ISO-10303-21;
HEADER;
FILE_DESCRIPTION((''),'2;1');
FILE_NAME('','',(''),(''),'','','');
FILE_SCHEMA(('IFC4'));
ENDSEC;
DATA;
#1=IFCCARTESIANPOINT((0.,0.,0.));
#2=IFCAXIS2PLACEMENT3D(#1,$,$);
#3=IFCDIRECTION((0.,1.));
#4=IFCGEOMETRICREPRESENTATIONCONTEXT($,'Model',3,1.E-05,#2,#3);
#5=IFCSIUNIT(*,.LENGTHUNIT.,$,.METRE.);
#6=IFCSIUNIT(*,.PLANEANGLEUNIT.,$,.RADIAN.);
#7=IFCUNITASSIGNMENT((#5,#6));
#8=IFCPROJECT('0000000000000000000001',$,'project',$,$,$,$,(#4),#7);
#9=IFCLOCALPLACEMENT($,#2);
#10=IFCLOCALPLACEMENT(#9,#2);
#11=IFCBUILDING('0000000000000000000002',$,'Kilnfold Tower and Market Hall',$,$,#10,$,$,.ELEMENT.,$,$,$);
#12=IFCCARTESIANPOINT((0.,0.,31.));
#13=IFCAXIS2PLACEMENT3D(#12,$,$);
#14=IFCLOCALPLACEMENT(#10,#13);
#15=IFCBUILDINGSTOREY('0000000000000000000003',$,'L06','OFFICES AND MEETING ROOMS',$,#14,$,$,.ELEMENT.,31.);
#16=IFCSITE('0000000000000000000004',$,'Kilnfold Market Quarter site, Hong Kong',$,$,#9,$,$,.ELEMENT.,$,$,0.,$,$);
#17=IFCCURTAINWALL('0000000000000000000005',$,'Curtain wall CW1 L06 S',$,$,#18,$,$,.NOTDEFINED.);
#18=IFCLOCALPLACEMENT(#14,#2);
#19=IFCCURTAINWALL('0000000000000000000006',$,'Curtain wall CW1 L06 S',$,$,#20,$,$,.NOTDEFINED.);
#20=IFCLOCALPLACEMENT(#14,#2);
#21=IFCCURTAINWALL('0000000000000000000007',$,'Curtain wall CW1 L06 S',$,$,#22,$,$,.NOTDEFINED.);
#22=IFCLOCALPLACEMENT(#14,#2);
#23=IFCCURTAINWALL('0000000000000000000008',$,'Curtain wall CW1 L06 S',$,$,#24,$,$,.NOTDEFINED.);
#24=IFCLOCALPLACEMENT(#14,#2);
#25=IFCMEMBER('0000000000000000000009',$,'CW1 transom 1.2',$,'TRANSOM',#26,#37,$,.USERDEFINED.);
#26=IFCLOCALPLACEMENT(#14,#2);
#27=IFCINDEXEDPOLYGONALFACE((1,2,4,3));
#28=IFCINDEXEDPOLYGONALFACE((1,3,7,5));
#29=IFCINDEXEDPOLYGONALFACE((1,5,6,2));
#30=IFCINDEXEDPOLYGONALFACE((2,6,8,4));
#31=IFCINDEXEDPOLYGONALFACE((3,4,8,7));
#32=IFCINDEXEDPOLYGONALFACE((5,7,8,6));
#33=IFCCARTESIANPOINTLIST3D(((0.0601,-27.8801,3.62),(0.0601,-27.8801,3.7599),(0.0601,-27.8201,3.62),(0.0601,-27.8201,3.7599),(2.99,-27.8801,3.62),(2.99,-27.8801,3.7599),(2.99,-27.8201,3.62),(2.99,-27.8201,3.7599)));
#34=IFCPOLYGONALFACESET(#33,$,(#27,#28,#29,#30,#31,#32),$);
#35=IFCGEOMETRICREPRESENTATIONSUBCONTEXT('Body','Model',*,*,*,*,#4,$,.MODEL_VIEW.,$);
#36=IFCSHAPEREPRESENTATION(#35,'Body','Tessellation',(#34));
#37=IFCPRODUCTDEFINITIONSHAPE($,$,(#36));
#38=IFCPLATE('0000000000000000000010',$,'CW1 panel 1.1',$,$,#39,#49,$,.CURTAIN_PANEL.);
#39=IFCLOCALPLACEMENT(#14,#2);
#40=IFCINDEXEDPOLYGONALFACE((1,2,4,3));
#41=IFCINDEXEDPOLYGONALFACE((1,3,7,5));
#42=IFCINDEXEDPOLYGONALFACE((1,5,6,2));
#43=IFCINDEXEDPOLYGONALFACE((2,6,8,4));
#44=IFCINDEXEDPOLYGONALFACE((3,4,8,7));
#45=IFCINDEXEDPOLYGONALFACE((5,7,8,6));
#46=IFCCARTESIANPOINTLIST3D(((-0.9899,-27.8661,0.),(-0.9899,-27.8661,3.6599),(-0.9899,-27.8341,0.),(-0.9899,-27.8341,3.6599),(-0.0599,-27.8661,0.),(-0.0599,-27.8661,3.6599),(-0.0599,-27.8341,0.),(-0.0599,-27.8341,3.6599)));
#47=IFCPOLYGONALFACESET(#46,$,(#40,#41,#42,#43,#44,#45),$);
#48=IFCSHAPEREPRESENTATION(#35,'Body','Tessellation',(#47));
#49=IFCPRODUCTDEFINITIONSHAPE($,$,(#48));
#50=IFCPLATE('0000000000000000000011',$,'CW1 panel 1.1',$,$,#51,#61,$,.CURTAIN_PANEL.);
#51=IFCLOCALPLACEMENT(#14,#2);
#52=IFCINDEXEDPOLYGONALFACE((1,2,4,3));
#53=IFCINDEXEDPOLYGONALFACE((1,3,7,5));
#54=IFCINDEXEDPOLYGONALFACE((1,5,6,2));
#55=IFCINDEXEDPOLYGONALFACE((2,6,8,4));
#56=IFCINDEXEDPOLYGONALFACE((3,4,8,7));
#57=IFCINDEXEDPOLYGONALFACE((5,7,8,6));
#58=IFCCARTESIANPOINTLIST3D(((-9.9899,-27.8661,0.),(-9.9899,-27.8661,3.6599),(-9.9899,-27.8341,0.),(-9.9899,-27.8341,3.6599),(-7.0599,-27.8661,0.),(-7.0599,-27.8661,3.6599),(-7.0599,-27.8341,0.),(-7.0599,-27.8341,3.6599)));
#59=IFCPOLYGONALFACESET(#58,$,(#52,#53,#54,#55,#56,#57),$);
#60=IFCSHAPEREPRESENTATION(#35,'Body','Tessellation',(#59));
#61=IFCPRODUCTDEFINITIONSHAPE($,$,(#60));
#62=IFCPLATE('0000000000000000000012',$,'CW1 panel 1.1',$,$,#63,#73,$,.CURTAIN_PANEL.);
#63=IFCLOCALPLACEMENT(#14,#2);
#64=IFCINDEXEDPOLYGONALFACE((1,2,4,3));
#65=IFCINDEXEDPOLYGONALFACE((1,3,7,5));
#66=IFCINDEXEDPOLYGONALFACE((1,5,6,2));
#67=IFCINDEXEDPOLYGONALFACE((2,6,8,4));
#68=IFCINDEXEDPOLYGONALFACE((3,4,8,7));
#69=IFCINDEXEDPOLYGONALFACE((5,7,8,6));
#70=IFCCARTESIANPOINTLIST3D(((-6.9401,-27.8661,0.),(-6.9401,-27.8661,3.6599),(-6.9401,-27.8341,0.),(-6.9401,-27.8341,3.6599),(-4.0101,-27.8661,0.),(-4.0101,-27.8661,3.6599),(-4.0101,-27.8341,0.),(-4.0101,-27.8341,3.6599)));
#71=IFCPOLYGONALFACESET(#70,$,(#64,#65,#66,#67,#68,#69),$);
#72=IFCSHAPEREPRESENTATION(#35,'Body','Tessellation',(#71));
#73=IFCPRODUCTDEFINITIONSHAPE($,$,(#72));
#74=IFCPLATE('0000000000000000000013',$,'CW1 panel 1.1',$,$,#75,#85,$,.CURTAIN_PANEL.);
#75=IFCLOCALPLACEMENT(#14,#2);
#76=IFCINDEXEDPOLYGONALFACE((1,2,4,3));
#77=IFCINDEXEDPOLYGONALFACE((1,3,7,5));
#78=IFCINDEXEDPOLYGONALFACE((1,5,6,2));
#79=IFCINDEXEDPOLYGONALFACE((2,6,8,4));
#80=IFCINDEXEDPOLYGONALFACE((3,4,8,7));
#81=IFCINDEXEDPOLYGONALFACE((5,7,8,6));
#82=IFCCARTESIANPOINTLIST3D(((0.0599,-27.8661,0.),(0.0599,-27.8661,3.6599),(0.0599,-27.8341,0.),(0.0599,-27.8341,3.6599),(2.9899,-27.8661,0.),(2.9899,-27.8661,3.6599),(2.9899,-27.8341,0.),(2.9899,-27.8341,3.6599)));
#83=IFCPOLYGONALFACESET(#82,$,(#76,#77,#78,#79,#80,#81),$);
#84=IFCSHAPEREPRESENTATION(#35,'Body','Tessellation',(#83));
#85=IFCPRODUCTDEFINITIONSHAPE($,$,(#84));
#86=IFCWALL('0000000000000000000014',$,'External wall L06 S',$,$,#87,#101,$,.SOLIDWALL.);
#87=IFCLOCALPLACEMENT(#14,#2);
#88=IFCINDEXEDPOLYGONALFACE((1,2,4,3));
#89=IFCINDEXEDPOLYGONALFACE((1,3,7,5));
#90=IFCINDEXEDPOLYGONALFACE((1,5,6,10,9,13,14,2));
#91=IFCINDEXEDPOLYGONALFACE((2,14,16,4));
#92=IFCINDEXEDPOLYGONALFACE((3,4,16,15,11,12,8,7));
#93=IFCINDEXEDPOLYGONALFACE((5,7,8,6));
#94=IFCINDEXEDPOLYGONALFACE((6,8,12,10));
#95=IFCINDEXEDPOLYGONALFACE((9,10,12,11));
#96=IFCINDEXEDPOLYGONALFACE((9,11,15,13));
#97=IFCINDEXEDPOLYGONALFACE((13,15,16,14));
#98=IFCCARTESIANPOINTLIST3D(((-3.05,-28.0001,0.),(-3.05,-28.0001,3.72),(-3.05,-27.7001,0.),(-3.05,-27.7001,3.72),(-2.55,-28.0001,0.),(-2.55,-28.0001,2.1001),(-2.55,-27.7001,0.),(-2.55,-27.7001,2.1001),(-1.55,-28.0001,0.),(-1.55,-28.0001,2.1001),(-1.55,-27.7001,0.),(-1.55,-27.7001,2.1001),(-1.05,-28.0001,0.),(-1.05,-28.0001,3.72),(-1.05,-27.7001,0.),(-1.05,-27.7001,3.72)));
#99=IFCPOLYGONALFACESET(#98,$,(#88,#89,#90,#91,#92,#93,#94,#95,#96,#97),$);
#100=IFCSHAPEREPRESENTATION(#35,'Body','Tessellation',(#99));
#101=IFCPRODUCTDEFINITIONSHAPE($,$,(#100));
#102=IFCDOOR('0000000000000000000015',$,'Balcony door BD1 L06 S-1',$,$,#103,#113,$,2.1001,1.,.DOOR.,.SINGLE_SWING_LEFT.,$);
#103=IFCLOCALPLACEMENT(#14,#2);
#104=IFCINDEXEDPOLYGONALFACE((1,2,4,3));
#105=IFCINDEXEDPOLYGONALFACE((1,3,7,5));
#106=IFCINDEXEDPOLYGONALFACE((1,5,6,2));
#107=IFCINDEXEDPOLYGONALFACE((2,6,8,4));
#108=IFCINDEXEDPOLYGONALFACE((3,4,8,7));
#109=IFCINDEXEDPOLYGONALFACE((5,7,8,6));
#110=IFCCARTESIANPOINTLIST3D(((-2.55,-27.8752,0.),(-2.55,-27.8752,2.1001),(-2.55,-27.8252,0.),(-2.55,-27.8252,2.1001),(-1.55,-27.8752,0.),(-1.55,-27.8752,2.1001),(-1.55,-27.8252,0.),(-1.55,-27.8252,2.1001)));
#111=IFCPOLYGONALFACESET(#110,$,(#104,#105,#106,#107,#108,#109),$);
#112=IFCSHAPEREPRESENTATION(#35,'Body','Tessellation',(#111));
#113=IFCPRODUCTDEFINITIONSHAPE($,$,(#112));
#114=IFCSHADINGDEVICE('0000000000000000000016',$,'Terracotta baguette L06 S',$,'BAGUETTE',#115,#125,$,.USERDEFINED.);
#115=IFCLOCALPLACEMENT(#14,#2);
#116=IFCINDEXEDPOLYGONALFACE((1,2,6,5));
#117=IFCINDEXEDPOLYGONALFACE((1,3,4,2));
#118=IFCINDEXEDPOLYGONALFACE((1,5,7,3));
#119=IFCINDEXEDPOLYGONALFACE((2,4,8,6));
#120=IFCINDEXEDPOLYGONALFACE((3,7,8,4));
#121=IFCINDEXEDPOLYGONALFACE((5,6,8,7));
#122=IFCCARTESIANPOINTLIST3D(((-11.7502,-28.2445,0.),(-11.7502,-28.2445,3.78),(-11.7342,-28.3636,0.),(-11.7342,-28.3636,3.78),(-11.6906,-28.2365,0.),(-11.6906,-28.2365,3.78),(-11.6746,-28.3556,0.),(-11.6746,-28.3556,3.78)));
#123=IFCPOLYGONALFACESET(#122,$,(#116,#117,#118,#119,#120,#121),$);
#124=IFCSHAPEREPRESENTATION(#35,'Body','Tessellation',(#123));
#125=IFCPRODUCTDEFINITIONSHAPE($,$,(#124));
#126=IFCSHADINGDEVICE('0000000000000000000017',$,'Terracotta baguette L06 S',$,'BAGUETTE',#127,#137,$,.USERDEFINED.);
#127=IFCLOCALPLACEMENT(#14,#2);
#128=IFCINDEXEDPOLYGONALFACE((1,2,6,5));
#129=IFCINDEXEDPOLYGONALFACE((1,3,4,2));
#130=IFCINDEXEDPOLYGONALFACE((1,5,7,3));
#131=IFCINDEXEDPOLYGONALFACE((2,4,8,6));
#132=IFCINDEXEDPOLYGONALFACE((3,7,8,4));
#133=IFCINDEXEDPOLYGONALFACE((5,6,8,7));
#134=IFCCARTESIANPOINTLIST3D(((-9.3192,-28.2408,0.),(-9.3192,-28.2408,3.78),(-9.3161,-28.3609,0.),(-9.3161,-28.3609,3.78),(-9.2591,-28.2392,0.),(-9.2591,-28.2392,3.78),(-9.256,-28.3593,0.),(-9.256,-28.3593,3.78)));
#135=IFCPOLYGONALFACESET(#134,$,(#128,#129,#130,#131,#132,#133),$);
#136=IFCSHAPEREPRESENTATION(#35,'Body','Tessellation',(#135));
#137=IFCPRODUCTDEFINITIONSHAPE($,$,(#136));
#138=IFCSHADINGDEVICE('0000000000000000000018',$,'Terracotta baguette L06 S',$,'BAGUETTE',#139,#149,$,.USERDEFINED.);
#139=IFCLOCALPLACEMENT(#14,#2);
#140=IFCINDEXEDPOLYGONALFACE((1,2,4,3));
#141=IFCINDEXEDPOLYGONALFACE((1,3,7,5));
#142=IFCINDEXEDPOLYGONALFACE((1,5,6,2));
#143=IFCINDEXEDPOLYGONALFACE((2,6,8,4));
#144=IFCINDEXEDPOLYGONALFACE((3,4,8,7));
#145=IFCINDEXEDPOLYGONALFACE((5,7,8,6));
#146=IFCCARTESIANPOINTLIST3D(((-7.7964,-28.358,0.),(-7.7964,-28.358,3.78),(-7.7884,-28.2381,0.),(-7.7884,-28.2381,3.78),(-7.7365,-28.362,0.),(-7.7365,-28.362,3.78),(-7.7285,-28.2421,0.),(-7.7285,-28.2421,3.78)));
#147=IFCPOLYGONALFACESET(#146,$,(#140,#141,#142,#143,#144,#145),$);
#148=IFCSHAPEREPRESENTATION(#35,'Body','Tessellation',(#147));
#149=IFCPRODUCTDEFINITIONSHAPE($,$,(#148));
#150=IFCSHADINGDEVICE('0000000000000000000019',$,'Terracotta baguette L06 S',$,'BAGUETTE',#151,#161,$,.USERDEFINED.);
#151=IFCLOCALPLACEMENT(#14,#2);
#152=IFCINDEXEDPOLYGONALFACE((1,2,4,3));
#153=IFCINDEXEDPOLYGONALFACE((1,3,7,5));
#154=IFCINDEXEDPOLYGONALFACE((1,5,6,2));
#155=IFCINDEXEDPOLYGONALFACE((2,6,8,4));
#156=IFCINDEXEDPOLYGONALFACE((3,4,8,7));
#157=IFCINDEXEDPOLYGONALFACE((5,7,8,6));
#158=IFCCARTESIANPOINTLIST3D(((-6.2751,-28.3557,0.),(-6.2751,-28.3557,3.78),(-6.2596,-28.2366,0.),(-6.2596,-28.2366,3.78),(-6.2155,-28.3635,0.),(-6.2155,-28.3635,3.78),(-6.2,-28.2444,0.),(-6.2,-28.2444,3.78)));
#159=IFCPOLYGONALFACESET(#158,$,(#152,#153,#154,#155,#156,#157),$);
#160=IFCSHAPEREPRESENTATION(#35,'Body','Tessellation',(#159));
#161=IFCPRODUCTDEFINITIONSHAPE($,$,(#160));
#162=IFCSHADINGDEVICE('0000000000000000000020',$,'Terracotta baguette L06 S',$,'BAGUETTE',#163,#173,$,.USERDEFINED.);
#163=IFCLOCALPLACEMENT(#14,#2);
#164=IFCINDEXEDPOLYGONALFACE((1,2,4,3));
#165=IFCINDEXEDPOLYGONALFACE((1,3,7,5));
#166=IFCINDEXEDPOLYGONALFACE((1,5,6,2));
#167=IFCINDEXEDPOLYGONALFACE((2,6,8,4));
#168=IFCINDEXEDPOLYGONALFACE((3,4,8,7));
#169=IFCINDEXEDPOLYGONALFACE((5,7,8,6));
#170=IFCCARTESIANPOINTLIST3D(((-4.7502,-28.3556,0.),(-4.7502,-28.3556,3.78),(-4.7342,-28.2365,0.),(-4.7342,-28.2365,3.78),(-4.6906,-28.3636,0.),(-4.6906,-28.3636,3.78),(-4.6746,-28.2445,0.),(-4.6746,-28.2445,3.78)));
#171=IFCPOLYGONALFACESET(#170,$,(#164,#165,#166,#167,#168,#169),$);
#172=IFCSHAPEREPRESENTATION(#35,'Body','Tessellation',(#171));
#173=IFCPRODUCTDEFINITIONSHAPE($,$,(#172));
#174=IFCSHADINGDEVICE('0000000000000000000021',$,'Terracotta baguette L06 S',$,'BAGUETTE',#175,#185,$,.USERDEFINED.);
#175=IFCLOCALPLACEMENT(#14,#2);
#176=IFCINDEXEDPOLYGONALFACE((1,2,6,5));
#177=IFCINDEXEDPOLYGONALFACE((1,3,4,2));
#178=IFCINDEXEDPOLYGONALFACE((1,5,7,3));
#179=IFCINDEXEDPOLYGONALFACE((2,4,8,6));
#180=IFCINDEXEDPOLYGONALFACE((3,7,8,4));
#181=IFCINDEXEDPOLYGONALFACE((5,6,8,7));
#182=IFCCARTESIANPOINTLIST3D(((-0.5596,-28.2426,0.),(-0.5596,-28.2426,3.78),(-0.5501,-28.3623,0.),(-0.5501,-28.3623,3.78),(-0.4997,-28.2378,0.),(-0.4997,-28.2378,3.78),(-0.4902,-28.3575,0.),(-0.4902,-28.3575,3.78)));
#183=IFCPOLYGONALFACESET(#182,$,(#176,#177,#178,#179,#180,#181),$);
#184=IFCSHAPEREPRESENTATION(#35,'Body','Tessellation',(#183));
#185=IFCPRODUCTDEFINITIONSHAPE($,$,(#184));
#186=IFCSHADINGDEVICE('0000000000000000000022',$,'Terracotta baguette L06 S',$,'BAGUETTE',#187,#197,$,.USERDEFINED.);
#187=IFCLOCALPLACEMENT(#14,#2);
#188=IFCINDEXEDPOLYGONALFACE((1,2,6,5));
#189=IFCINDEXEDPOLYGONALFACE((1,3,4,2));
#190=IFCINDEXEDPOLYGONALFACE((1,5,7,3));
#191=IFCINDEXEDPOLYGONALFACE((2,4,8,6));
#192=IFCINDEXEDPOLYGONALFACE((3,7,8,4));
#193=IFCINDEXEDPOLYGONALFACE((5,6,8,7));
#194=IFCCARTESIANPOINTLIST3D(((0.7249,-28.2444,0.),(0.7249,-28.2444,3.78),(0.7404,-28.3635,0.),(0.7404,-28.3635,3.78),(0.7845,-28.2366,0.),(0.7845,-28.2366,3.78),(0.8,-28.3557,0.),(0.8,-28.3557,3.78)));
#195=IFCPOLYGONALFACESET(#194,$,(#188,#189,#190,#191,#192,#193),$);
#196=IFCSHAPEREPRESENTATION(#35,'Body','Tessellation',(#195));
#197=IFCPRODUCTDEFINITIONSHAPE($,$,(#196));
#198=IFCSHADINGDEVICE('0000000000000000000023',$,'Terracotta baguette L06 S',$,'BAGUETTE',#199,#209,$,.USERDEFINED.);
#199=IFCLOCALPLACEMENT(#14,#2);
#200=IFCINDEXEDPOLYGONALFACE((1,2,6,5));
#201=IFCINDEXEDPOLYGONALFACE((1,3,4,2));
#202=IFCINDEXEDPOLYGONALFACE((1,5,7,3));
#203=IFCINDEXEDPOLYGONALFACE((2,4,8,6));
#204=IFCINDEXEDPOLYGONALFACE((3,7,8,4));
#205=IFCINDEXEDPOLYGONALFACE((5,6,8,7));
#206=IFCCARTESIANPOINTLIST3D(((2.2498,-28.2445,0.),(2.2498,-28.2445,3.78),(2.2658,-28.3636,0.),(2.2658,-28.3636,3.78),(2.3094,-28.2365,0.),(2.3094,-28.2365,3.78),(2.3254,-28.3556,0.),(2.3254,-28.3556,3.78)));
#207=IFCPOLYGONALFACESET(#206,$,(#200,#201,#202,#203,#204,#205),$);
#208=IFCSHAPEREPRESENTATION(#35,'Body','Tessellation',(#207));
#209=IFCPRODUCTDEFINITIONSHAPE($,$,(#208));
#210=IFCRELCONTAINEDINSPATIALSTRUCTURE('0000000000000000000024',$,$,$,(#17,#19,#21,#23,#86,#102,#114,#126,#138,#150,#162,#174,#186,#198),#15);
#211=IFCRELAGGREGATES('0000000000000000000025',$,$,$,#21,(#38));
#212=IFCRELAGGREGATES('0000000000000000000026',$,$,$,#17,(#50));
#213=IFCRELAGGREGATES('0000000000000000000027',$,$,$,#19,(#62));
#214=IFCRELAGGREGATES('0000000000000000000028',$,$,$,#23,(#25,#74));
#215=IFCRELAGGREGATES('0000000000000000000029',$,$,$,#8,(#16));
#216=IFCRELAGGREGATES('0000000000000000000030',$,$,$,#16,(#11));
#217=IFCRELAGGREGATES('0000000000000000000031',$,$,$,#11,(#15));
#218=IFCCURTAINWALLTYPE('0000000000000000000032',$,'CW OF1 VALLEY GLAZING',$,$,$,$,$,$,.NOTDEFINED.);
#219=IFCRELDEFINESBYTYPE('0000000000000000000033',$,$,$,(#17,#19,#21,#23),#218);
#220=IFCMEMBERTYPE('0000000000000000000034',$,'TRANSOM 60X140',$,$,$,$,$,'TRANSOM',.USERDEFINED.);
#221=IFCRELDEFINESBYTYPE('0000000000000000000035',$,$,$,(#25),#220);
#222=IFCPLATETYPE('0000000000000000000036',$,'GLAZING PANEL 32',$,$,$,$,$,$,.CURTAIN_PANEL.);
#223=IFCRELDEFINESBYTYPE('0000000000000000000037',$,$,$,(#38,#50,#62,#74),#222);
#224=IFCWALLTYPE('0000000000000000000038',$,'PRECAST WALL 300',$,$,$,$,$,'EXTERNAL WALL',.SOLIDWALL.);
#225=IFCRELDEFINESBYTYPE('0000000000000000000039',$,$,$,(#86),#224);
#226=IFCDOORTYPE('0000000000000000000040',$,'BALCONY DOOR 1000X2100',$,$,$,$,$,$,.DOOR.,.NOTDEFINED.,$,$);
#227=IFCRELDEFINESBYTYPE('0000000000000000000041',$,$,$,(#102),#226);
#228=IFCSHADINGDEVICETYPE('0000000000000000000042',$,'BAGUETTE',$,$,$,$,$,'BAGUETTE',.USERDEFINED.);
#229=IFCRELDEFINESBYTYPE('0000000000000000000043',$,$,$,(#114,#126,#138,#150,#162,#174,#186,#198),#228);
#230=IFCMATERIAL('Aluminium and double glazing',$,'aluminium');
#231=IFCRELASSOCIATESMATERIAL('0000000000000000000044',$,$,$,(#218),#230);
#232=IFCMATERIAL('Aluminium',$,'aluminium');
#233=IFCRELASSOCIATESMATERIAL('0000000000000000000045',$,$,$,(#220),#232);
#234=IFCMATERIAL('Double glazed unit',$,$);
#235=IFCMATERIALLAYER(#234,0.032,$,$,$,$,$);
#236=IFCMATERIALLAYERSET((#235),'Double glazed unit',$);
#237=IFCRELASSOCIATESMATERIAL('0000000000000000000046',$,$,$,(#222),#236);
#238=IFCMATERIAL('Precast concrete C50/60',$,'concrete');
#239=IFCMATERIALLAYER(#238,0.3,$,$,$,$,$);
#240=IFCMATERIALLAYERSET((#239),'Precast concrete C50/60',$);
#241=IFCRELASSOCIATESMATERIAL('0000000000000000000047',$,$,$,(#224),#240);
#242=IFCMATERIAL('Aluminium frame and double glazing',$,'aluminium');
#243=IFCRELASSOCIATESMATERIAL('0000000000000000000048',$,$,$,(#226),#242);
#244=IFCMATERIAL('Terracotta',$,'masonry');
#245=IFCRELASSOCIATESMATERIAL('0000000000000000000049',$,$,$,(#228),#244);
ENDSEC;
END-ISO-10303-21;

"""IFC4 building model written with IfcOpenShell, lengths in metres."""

from ifc_helpers import new_model, si_unit, direction, frame, frame_2d, origin, origin_2d, place, context, subcontext, project, spatial, rectangle, extrude, source, transform, mapped, material, layer, layer_set, material_profile, profile_set, type_object, element, fill, aggregate, save


model = new_model("IFC4")

# Units and contexts
model_context = context("Model", 3, precision=1e-05, world=origin(), true_north=direction((0.0, 1.0)))
body_context = subcontext(model_context, "Body", "Model", "MODEL_VIEW")
ifc_project = project(units=[si_unit("LENGTHUNIT", "METRE"), si_unit("PLANEANGLEUNIT", "RADIAN")], contexts=[model_context])

# Site, building, storey
site_placement = place(None, origin())
site = spatial("IfcSite", under=ifc_project, at=site_placement, Name="Kilnfold Market Quarter site, Hong Kong", CompositionType="ELEMENT", RefElevation=0.0)
building_placement = place(site_placement, origin())
building = spatial("IfcBuilding", under=site, at=building_placement, Name="Kilnfold Tower and Market Hall", CompositionType="ELEMENT")
storey_placement = place(building_placement, frame((0.0, 0.0, 31.0)))
storey = spatial("IfcBuildingStorey", under=building, at=storey_placement, Name="L06", Description="OFFICES AND MEETING ROOMS", CompositionType="ELEMENT", Elevation=31.0)

# Shared definitions
ifc_material_1 = material(Name="Aluminium and double glazing", Category="aluminium")
curtain_wall_type = type_object("IfcCurtainWallType", Name="CW OF1 VALLEY GLAZING", PredefinedType="NOTDEFINED", material=ifc_material_1)

# Curtain walls
curtain_wall_1_placement = place(storey_placement, origin())
curtain_wall_1 = element("IfcCurtainWall", 1, at=curtain_wall_1_placement, inside=storey, type_object=curtain_wall_type, Name="Curtain wall CW1 L06 S", PredefinedType="NOTDEFINED")
curtain_wall_2_placement = place(storey_placement, origin())
curtain_wall_2 = element("IfcCurtainWall", 2, at=curtain_wall_2_placement, inside=storey, type_object=curtain_wall_type, Name="Curtain wall CW1 L06 S", PredefinedType="NOTDEFINED")
curtain_wall_3_placement = place(storey_placement, origin())
curtain_wall_3 = element("IfcCurtainWall", 3, at=curtain_wall_3_placement, inside=storey, type_object=curtain_wall_type, Name="Curtain wall CW1 L06 S", PredefinedType="NOTDEFINED")
curtain_wall_4_placement = place(storey_placement, origin())
curtain_wall_4 = element("IfcCurtainWall", 4, at=curtain_wall_4_placement, inside=storey, type_object=curtain_wall_type, Name="Curtain wall CW1 L06 S", PredefinedType="NOTDEFINED")

# Member
ifc_material_2 = material(Name="Aluminium", Category="aluminium")
ifc_material_profile_1 = material_profile(ifc_material_2, rectangle(XDim=0.0601, YDim=0.1399, at=origin_2d()), Name="TRANSOM 60x140")
ifc_profile_set_1 = profile_set([ifc_material_profile_1], Name="Aluminium")
member_type_1 = type_object("IfcMemberType", Name="TRANSOM 60X140", ElementType="TRANSOM", PredefinedType="USERDEFINED", material=ifc_profile_set_1)
shared_shape_1 = source(origin(), body_context, "Body", "SweptSolid", [
    extrude(rectangle(XDim=0.0601, YDim=0.1399, at=origin_2d()), origin(), (0.0, 0.0, 1.0), 2.9299),
])
member_1_placement = place(storey_placement, frame((0.0601, -27.8501, 3.6899), z_axis=(1.0, 0.0, 0.0), x_axis=(0.0, 1.0, 0.0)))
member_1 = element("IfcMember", 5, at=member_1_placement, type_object=member_type_1, Name="CW1 transom 1.2", ObjectType="TRANSOM", PredefinedType="USERDEFINED", context=body_context, shape_type="MappedRepresentation", body=[
    mapped(shared_shape_1, transform((0.0, 0.0, 0.0))),
])

# Plates
ifc_material_3 = material(Name="Double glazed unit")
ifc_layer_1 = layer(ifc_material_3, 0.032)
ifc_layer_set_1 = layer_set([ifc_layer_1], Name="Double glazed unit")
plate_type = type_object("IfcPlateType", Name="GLAZING PANEL 32", PredefinedType="CURTAIN_PANEL", material=ifc_layer_set_1)
shared_shape_2 = source(origin(), body_context, "Body", "SweptSolid", [
    extrude(rectangle(XDim=0.9299, YDim=0.032, at=origin_2d()), origin(), (0.0, 0.0, 1.0), 3.6599),
])
plate_1_placement = place(storey_placement, frame((-0.5249, -27.8501, 0.0), z_axis=(0.0, 0.0, 1.0), x_axis=(1.0, 0.0, 0.0)))
plate_1 = element("IfcPlate", 6, at=plate_1_placement, type_object=plate_type, Name="CW1 panel 1.1", PredefinedType="CURTAIN_PANEL", context=body_context, shape_type="MappedRepresentation", body=[
    mapped(shared_shape_2, transform((0.0, 0.0, 0.0))),
])
aggregate(curtain_wall_3, [plate_1])
shared_shape_3 = source(origin(), body_context, "Body", "SweptSolid", [
    extrude(rectangle(XDim=2.9299, YDim=0.032, at=origin_2d()), origin(), (0.0, 0.0, 1.0), 3.6599),
])
plate_2_placement = place(storey_placement, frame((-8.5249, -27.8501, 0.0), z_axis=(0.0, 0.0, 1.0), x_axis=(1.0, 0.0, 0.0)))
plate_2 = element("IfcPlate", 7, at=plate_2_placement, type_object=plate_type, Name="CW1 panel 1.1", PredefinedType="CURTAIN_PANEL", context=body_context, shape_type="MappedRepresentation", body=[
    mapped(shared_shape_3, transform((0.0, 0.0, 0.0))),
])
aggregate(curtain_wall_1, [plate_2])
plate_3_placement = place(storey_placement, frame((-5.4751, -27.8501, 0.0), z_axis=(0.0, 0.0, 1.0), x_axis=(1.0, 0.0, 0.0)))
plate_3 = element("IfcPlate", 8, at=plate_3_placement, type_object=plate_type, Name="CW1 panel 1.1", PredefinedType="CURTAIN_PANEL", context=body_context, shape_type="MappedRepresentation", body=[
    mapped(shared_shape_3, transform((0.0, 0.0, 0.0))),
])
aggregate(curtain_wall_2, [plate_3])
plate_4_placement = place(storey_placement, frame((1.5249, -27.8501, 0.0), z_axis=(0.0, 0.0, 1.0), x_axis=(1.0, 0.0, 0.0)))
plate_4 = element("IfcPlate", 9, at=plate_4_placement, type_object=plate_type, Name="CW1 panel 1.1", PredefinedType="CURTAIN_PANEL", context=body_context, shape_type="MappedRepresentation", body=[
    mapped(shared_shape_3, transform((0.0, 0.0, 0.0))),
])
aggregate(curtain_wall_4, [member_1, plate_4])

# Wall, opening, door
ifc_material_4 = material(Name="Precast concrete C50/60", Category="concrete")
ifc_layer_2 = layer(ifc_material_4, 0.3)
ifc_layer_set_2 = layer_set([ifc_layer_2], Name="Precast concrete C50/60")
wall_type = type_object("IfcWallType", Name="PRECAST WALL 300", ElementType="EXTERNAL WALL", PredefinedType="SOLIDWALL", material=ifc_layer_set_2)
shared_shape_4 = source(origin(), body_context, "Body", "SweptSolid", [
    extrude(rectangle(XDim=2.0, YDim=0.3, at=frame_2d((1.0, 0.0))), origin(), (0.0, 0.0, 1.0), 3.72),
])
wall_placement = place(storey_placement, frame((-3.05, -27.8501, 0.0), z_axis=(0.0, 0.0, 1.0), x_axis=(1.0, 0.0, 0.0)))
wall = element("IfcWall", 10, at=wall_placement, inside=storey, type_object=wall_type, Name="External wall L06 S", PredefinedType="SOLIDWALL", context=body_context, shape_type="MappedRepresentation", body=[
    mapped(shared_shape_4, transform((0.0, 0.0, 0.0))),
])
opening_placement = place(wall_placement, frame((0.5, 0.0, 0.0)))
opening = element("IfcOpeningElement", 11, at=opening_placement, cuts=wall, PredefinedType="OPENING", context=body_context, shape_type="SweptSolid", body=[
    extrude(rectangle(XDim=1.0, YDim=2.1001, at=frame_2d((0.5, 1.05))), frame((0.0, 0.1602, 0.0), z_axis=(0.0, -1.0, 0.0), x_axis=(1.0, 0.0, 0.0)), (0.0, 0.0, 1.0), 0.3201),
])
ifc_material_5 = material(Name="Aluminium frame and double glazing", Category="aluminium")
door_type = type_object("IfcDoorType", Name="BALCONY DOOR 1000X2100", OperationType="NOTDEFINED", PredefinedType="DOOR", material=ifc_material_5)
door_placement = place(opening_placement, origin())
door = element("IfcDoor", 12, at=door_placement, inside=storey, type_object=door_type, Name="Balcony door BD1 L06 S-1", OperationType="SINGLE_SWING_LEFT", OverallHeight=2.1001, OverallWidth=1.0, PredefinedType="DOOR", context=body_context, shape_type="SweptSolid", body=[
    extrude(rectangle(XDim=1.0, YDim=2.1001, at=frame_2d((0.5, 1.05))), frame((0.0, 0.0249, 0.0), z_axis=(0.0, -1.0, 0.0), x_axis=(1.0, 0.0, 0.0)), (0.0, 0.0, 1.0), 0.05),
])
fill(opening, door)

# Shading devices
ifc_material_6 = material(Name="Terracotta", Category="masonry")
ifc_material_profile_2 = material_profile(ifc_material_6, rectangle(XDim=0.0601, YDim=0.1201, at=origin_2d()), Name="BAG 60x120")
ifc_profile_set_2 = profile_set([ifc_material_profile_2], Name="Terracotta")
shading_device_type = type_object("IfcShadingDeviceType", Name="BAGUETTE", ElementType="BAGUETTE", PredefinedType="USERDEFINED", material=ifc_profile_set_2)
shared_shape_5 = source(origin(), body_context, "Body", "SweptSolid", [
    extrude(rectangle(XDim=0.0601, YDim=0.1201, at=origin_2d()), origin(), (0.0, 0.0, 1.0), 3.78),
])
for number, where, z_axis, x_axis, name in (
    (13, (-11.7124, -28.3, 0.0), (0.0, 0.0, 1.0), (0.991105, 0.133085, 0.0), "Terracotta baguette L06 S"),
    (14, (-9.2876, -28.3, 0.0), (0.0, 0.0, 1.0), (0.999671, 0.025638, 0.0), "Terracotta baguette L06 S"),
    (15, (-7.7625, -28.3, 0.0), (0.0, 0.0, 1.0), (0.997762, -0.066859, 0.0), "Terracotta baguette L06 S"),
    (16, (-6.2375, -28.3, 0.0), (0.0, 0.0, 1.0), (0.99165, -0.128958, 0.0), "Terracotta baguette L06 S"),
    (17, (-4.7124, -28.3, 0.0), (0.0, 0.0, 1.0), (0.991105, -0.133085, 0.0), "Terracotta baguette L06 S"),
    (18, (-0.5249, -28.3, 0.0), (0.0, 0.0, 1.0), (0.996836, 0.079482, 0.0), "Terracotta baguette L06 S"),
    (19, (0.7625, -28.3, 0.0), (0.0, 0.0, 1.0), (0.99165, 0.128958, 0.0), "Terracotta baguette L06 S"),
    (20, (2.2876, -28.3, 0.0), (0.0, 0.0, 1.0), (0.991105, 0.133085, 0.0), "Terracotta baguette L06 S"),
):
    element("IfcShadingDevice", number, at=place(storey_placement, frame(where, z_axis=z_axis, x_axis=x_axis)), inside=storey, type_object=shading_device_type, Name=name, ObjectType="BAGUETTE", PredefinedType="USERDEFINED", context=body_context, shape_type="MappedRepresentation", body=[
        mapped(shared_shape_5, transform((0.0, 0.0, 0.0))),
    ])

save(model, "model.ifc")
